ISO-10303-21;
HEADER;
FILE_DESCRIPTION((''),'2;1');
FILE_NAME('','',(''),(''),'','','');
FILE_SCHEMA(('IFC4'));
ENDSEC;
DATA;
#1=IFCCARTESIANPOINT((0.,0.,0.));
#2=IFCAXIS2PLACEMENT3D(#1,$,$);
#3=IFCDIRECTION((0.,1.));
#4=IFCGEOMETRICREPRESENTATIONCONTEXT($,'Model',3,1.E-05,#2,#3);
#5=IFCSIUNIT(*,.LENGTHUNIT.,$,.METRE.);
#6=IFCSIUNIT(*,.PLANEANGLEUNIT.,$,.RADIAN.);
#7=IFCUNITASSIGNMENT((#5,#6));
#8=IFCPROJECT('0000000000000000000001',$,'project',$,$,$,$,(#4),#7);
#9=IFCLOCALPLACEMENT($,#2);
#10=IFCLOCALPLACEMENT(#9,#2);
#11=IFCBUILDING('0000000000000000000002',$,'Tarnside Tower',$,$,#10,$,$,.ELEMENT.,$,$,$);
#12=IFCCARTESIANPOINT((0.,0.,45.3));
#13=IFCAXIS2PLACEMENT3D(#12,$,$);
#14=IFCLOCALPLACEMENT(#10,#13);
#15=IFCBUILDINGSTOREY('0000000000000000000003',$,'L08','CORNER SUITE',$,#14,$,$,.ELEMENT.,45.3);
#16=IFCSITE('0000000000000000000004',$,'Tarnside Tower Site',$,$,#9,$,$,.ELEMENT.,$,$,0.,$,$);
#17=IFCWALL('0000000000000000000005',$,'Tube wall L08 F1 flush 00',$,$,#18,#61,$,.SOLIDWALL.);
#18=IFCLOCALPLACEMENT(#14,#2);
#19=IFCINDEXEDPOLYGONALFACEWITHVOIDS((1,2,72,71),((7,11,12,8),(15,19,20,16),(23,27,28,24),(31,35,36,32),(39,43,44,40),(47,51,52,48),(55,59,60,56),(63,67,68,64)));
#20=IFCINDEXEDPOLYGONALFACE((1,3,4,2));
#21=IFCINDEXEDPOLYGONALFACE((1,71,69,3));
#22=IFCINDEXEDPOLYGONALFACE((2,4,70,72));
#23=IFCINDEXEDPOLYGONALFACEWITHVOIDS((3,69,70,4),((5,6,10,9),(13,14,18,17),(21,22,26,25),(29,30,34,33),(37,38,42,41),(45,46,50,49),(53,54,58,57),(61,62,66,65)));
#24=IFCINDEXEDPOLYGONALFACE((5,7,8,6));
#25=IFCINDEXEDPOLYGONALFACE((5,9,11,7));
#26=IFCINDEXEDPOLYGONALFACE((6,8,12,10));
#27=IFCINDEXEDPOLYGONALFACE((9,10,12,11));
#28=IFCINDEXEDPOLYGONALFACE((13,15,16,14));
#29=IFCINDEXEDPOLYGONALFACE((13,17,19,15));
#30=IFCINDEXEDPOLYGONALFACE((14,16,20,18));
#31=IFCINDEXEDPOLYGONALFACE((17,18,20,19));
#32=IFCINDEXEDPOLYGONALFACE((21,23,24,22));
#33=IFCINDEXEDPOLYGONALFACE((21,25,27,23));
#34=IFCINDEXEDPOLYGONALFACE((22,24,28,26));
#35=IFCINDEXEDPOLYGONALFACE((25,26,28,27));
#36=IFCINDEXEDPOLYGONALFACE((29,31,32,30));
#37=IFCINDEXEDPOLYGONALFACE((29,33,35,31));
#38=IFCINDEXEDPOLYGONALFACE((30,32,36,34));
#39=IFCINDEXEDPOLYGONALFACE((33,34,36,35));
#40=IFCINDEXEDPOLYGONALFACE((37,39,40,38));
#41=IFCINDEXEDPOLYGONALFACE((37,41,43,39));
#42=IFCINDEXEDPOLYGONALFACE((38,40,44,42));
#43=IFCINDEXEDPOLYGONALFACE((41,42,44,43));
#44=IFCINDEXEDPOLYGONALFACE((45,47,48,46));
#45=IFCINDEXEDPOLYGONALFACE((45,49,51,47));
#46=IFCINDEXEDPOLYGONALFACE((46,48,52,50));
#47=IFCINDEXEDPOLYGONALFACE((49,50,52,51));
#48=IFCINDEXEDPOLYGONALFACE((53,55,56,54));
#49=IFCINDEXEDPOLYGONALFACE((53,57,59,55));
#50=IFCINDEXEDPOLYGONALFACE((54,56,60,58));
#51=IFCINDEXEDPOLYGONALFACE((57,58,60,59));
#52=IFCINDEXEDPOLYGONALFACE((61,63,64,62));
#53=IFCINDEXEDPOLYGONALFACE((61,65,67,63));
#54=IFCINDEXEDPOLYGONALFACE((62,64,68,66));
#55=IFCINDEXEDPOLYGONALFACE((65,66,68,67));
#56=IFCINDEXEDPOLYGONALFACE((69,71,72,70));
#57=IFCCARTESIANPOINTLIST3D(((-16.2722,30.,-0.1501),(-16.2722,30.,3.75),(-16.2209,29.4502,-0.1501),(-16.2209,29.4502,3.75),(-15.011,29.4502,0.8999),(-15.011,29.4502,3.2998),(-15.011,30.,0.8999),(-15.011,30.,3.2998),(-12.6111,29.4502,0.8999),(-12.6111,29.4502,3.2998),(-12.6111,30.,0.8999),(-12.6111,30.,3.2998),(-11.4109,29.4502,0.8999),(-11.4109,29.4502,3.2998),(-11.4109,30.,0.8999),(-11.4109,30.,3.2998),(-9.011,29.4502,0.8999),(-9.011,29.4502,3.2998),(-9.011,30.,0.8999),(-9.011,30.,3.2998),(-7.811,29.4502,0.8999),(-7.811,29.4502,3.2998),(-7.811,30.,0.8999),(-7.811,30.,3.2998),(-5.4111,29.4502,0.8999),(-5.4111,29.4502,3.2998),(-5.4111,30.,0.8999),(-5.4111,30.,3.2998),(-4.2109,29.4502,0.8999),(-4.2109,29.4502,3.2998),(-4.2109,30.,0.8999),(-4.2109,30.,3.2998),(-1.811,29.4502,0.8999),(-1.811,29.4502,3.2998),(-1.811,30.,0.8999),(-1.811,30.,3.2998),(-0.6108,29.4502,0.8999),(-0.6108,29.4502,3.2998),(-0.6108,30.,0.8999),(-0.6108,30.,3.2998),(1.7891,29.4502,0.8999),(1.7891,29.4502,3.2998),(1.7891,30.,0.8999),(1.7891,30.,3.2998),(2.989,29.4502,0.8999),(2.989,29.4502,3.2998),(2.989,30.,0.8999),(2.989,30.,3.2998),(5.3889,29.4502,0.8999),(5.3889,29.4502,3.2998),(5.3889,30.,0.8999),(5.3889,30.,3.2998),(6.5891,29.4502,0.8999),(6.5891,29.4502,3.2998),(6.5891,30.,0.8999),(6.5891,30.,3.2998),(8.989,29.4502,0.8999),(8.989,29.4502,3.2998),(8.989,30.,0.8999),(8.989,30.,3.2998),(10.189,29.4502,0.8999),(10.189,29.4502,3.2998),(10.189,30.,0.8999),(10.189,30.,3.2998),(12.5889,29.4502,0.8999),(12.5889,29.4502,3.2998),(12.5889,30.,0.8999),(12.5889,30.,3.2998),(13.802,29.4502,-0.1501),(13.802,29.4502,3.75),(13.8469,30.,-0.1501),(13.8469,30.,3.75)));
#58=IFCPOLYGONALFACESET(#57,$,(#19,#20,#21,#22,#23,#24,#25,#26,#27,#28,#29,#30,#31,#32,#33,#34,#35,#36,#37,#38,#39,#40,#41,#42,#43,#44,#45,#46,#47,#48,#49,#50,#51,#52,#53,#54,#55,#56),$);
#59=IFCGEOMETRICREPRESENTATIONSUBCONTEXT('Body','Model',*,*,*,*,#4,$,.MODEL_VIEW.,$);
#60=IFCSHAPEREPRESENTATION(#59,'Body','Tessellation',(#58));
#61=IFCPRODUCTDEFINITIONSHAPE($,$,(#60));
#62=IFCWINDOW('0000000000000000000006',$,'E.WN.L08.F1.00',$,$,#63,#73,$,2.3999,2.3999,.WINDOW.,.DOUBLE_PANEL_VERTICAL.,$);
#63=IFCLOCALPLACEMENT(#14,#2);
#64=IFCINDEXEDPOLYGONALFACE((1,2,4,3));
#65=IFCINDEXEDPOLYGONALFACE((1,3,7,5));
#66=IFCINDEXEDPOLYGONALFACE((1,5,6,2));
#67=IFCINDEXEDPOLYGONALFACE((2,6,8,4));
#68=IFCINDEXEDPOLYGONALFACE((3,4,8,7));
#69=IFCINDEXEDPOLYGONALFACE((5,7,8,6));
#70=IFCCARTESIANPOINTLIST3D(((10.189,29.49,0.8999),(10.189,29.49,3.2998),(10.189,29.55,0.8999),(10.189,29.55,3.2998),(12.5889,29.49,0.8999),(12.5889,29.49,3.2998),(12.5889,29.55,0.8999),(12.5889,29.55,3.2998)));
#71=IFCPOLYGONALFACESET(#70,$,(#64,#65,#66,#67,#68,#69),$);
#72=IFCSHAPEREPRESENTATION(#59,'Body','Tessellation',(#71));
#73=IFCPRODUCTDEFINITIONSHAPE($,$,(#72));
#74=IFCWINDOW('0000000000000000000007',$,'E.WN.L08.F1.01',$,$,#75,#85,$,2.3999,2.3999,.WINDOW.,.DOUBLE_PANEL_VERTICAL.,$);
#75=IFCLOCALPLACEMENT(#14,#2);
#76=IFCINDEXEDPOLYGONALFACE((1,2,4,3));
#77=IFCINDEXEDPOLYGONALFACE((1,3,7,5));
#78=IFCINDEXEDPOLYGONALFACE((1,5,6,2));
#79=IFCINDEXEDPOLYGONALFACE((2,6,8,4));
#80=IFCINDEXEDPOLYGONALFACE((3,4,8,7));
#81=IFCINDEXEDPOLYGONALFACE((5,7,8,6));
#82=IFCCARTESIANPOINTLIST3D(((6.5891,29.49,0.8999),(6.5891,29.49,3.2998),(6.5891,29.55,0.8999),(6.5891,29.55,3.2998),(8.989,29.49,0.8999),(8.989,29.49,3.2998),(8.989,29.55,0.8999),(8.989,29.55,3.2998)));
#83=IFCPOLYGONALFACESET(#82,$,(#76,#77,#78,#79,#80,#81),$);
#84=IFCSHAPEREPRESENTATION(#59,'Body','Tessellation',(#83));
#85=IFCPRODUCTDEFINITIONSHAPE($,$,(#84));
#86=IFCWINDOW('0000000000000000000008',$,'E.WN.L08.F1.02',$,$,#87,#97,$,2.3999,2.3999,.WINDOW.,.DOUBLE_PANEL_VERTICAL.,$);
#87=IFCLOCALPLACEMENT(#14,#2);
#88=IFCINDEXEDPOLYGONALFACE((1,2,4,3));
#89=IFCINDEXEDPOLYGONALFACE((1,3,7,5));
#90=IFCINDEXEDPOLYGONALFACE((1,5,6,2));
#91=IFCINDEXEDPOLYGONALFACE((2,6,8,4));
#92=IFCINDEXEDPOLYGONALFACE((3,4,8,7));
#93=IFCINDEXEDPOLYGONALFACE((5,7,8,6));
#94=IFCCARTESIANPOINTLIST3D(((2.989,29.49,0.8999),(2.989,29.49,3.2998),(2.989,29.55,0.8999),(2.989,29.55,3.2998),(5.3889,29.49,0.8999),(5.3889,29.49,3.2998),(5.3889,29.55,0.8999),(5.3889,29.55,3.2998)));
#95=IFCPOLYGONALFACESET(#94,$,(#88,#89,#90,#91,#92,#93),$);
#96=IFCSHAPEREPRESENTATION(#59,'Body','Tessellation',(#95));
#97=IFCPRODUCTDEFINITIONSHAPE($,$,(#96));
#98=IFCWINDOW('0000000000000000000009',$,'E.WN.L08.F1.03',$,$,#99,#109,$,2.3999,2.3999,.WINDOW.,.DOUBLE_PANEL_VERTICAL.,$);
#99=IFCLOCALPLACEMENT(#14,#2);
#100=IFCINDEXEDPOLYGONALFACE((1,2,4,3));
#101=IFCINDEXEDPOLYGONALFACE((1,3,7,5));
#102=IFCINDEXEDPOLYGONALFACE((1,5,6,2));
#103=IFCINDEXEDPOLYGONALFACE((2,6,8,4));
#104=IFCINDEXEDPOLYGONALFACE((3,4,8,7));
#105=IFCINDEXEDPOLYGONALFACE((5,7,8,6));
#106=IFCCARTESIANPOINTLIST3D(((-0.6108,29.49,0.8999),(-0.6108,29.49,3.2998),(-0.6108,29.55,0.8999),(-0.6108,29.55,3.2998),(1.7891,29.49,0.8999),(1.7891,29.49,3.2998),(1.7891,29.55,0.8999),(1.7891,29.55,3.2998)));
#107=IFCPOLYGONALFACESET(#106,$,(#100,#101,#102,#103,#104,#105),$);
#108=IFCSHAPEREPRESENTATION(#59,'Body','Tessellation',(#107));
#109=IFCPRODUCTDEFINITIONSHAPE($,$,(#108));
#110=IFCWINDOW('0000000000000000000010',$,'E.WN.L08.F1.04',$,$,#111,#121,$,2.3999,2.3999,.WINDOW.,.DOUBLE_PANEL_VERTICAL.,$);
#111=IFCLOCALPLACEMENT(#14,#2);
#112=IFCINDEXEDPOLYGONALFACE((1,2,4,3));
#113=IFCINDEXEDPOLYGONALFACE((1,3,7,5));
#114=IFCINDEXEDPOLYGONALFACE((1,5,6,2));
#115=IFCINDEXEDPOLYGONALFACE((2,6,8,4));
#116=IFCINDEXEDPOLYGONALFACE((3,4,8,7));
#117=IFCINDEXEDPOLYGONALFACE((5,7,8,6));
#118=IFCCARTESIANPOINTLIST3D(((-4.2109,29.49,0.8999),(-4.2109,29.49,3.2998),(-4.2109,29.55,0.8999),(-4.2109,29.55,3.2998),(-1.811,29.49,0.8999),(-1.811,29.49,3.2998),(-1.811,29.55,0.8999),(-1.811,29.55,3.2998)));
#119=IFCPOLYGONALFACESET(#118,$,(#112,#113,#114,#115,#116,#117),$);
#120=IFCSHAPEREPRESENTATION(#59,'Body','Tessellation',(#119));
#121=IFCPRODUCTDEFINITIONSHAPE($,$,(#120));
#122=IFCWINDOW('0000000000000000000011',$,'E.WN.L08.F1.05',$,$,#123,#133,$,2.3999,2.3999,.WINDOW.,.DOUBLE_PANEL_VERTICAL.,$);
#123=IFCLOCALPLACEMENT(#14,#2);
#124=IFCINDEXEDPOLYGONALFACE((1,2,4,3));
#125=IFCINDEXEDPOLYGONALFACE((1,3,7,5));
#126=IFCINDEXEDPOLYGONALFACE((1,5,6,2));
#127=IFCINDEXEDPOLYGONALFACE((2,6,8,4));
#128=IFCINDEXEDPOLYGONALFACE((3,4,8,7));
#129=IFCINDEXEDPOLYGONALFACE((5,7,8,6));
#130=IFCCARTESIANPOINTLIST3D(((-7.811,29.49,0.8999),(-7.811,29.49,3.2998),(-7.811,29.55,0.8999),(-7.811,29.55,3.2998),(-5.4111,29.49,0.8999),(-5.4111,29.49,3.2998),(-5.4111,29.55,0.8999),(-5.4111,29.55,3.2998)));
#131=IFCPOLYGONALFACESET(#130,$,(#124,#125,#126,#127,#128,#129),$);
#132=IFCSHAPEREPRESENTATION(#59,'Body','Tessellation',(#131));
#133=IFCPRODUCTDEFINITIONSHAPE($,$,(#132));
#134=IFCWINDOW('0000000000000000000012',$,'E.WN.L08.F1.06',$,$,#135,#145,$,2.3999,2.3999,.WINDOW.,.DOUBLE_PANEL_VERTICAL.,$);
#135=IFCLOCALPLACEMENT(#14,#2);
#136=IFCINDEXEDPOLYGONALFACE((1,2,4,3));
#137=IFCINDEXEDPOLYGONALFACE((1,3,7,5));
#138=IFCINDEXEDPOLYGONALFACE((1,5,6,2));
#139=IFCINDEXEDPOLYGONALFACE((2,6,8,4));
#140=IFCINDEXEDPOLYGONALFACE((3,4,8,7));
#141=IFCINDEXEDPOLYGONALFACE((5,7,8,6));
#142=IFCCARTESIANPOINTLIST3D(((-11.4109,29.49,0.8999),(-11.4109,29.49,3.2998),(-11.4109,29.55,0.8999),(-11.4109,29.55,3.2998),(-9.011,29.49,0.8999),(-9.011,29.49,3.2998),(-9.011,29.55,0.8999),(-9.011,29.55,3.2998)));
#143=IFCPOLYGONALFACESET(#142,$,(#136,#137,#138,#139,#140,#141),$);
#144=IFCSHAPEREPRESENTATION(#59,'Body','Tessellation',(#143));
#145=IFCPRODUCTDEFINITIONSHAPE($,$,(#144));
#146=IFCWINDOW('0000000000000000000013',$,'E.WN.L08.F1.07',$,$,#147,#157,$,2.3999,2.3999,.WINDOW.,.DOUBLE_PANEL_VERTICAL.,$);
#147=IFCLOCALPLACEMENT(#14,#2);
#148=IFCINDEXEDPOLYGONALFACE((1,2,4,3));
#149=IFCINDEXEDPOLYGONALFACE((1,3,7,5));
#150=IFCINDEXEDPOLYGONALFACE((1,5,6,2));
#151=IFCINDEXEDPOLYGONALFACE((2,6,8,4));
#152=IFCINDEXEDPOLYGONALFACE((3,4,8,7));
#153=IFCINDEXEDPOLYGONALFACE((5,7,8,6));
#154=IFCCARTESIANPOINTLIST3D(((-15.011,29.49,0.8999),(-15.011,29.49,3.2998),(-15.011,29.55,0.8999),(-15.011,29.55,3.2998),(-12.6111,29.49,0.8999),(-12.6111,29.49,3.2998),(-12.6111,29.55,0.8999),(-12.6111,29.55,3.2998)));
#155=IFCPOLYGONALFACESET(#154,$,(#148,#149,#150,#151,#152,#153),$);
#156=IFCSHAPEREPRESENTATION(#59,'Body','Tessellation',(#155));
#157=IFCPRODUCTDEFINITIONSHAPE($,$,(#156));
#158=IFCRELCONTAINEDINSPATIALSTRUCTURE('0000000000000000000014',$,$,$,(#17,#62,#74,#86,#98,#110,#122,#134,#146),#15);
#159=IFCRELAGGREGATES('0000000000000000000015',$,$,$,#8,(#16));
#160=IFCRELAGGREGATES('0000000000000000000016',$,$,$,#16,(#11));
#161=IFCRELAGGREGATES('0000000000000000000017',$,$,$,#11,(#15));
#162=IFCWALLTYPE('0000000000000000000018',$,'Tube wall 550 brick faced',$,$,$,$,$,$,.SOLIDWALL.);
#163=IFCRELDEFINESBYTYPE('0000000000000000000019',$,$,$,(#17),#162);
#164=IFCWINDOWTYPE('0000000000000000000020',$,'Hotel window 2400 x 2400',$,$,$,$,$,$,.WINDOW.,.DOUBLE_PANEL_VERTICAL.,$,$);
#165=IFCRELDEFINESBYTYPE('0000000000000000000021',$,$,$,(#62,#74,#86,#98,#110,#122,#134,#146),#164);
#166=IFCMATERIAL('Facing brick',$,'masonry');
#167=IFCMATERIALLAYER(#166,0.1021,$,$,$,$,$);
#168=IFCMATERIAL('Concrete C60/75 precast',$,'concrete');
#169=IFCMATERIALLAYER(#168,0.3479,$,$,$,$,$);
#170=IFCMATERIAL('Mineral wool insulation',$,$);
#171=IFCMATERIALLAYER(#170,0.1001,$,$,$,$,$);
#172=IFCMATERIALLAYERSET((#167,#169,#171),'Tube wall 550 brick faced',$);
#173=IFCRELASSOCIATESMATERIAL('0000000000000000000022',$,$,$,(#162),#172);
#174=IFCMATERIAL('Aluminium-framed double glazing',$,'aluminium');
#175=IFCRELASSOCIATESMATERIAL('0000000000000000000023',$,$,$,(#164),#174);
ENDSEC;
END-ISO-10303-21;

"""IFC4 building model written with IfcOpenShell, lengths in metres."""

from ifc_helpers import new_model, si_unit, direction, frame, frame_2d, origin, place, context, subcontext, project, spatial, polyline, rectangle, outline, extrude, material, layer, layer_set, type_object, element, fill, save


model = new_model("IFC4")

# Units and contexts
model_context = context("Model", 3, precision=1e-05, world=origin(), true_north=direction((0.0, 1.0)))
body_context = subcontext(model_context, "Body", "Model", "MODEL_VIEW")
ifc_project = project(units=[si_unit("LENGTHUNIT", "METRE"), si_unit("PLANEANGLEUNIT", "RADIAN")], contexts=[model_context])

# Site, building, storey
site_placement = place(None, origin())
site = spatial("IfcSite", under=ifc_project, at=site_placement, Name="Tarnside Tower Site", CompositionType="ELEMENT", RefElevation=0.0)
building_placement = place(site_placement, origin())
building = spatial("IfcBuilding", under=site, at=building_placement, Name="Tarnside Tower", CompositionType="ELEMENT")
storey_placement = place(building_placement, frame((0.0, 0.0, 45.3)))
storey = spatial("IfcBuildingStorey", under=building, at=storey_placement, Name="L08", Description="CORNER SUITE", CompositionType="ELEMENT", Elevation=45.3)

# Wall, openings, windows
ifc_material_1 = material(Name="Facing brick", Category="masonry")
ifc_layer_1 = layer(ifc_material_1, 0.1021)
ifc_material_2 = material(Name="Concrete C60/75 precast", Category="concrete")
ifc_layer_2 = layer(ifc_material_2, 0.3479)
ifc_material_3 = material(Name="Mineral wool insulation")
ifc_layer_3 = layer(ifc_material_3, 0.1001)
ifc_layer_set_1 = layer_set([ifc_layer_1, ifc_layer_2, ifc_layer_3], Name="Tube wall 550 brick faced")
wall_type_1 = type_object("IfcWallType", Name="Tube wall 550 brick faced", PredefinedType="SOLIDWALL", material=ifc_layer_set_1)
wall_1_placement = place(storey_placement, frame((13.8245, 29.7251, -0.1501), z_axis=(0.0, 0.0, 1.0), x_axis=(-1.0, 0.0, 0.0)))
wall_1 = element("IfcWall", 1, at=wall_1_placement, inside=storey, type_object=wall_type_1, Name="Tube wall L08 F1 flush 00", PredefinedType="SOLIDWALL", context=body_context, shape_type="SweptSolid", body=[
    extrude(outline(polyline([(-0.0225, -0.2749), (30.0967, -0.2749), (30.0454, 0.2749), (0.0225, 0.2749), (-0.0225, -0.2749)])), origin(), (0.0, 0.0, 1.0), 3.9001),
])
opening_1_placement = place(wall_1_placement, frame((1.2356, 0.0, 1.05)))
opening_1 = element("IfcOpeningElement", 2, at=opening_1_placement, cuts=wall_1, PredefinedType="OPENING", context=body_context, shape_type="SweptSolid", body=[
    extrude(rectangle(XDim=2.3999, YDim=2.3999, at=frame_2d((1.2, 1.2))), frame((0.0, 0.2852, 0.0), z_axis=(0.0, -1.0, 0.0), x_axis=(1.0, 0.0, 0.0)), (0.0, 0.0, 1.0), 0.5701),
])
opening_2_placement = place(wall_1_placement, frame((4.8354, 0.0, 1.05)))
opening_2 = element("IfcOpeningElement", 3, at=opening_2_placement, cuts=wall_1, PredefinedType="OPENING", context=body_context, shape_type="SweptSolid", body=[
    extrude(rectangle(XDim=2.3999, YDim=2.3999, at=frame_2d((1.2, 1.2))), frame((0.0, 0.2852, 0.0), z_axis=(0.0, -1.0, 0.0), x_axis=(1.0, 0.0, 0.0)), (0.0, 0.0, 1.0), 0.5701),
])
opening_3_placement = place(wall_1_placement, frame((8.4355, 0.0, 1.05)))
opening_3 = element("IfcOpeningElement", 4, at=opening_3_placement, cuts=wall_1, PredefinedType="OPENING", context=body_context, shape_type="SweptSolid", body=[
    extrude(rectangle(XDim=2.3999, YDim=2.3999, at=frame_2d((1.2, 1.2))), frame((0.0, 0.2852, 0.0), z_axis=(0.0, -1.0, 0.0), x_axis=(1.0, 0.0, 0.0)), (0.0, 0.0, 1.0), 0.5701),
])
opening_4_placement = place(wall_1_placement, frame((12.0354, 0.0, 1.05)))
opening_4 = element("IfcOpeningElement", 5, at=opening_4_placement, cuts=wall_1, PredefinedType="OPENING", context=body_context, shape_type="SweptSolid", body=[
    extrude(rectangle(XDim=2.3999, YDim=2.3999, at=frame_2d((1.2, 1.2))), frame((0.0, 0.2852, 0.0), z_axis=(0.0, -1.0, 0.0), x_axis=(1.0, 0.0, 0.0)), (0.0, 0.0, 1.0), 0.5701),
])
opening_5_placement = place(wall_1_placement, frame((15.6355, 0.0, 1.05)))
opening_5 = element("IfcOpeningElement", 6, at=opening_5_placement, cuts=wall_1, PredefinedType="OPENING", context=body_context, shape_type="SweptSolid", body=[
    extrude(rectangle(XDim=2.3999, YDim=2.3999, at=frame_2d((1.2, 1.2))), frame((0.0, 0.2852, 0.0), z_axis=(0.0, -1.0, 0.0), x_axis=(1.0, 0.0, 0.0)), (0.0, 0.0, 1.0), 0.5701),
])
opening_6_placement = place(wall_1_placement, frame((19.2356, 0.0, 1.05)))
opening_6 = element("IfcOpeningElement", 7, at=opening_6_placement, cuts=wall_1, PredefinedType="OPENING", context=body_context, shape_type="SweptSolid", body=[
    extrude(rectangle(XDim=2.3999, YDim=2.3999, at=frame_2d((1.2, 1.2))), frame((0.0, 0.2852, 0.0), z_axis=(0.0, -1.0, 0.0), x_axis=(1.0, 0.0, 0.0)), (0.0, 0.0, 1.0), 0.5701),
])
opening_7_placement = place(wall_1_placement, frame((22.8354, 0.0, 1.05)))
opening_7 = element("IfcOpeningElement", 8, at=opening_7_placement, cuts=wall_1, PredefinedType="OPENING", context=body_context, shape_type="SweptSolid", body=[
    extrude(rectangle(XDim=2.3999, YDim=2.3999, at=frame_2d((1.2, 1.2))), frame((0.0, 0.2852, 0.0), z_axis=(0.0, -1.0, 0.0), x_axis=(1.0, 0.0, 0.0)), (0.0, 0.0, 1.0), 0.5701),
])
opening_8_placement = place(wall_1_placement, frame((26.4355, 0.0, 1.05)))
opening_8 = element("IfcOpeningElement", 9, at=opening_8_placement, cuts=wall_1, PredefinedType="OPENING", context=body_context, shape_type="SweptSolid", body=[
    extrude(rectangle(XDim=2.3999, YDim=2.3999, at=frame_2d((1.2, 1.2))), frame((0.0, 0.2852, 0.0), z_axis=(0.0, -1.0, 0.0), x_axis=(1.0, 0.0, 0.0)), (0.0, 0.0, 1.0), 0.5701),
])
ifc_material_4 = material(Name="Aluminium-framed double glazing", Category="aluminium")
window_type = type_object("IfcWindowType", Name="Hotel window 2400 x 2400", PartitioningType="DOUBLE_PANEL_VERTICAL", PredefinedType="WINDOW", material=ifc_material_4)
window_1_placement = place(opening_1_placement, frame((0.0, 0.2051, 0.0)))
window_1 = element("IfcWindow", 10, at=window_1_placement, inside=storey, type_object=window_type, Name="E.WN.L08.F1.00", OverallHeight=2.3999, OverallWidth=2.3999, PartitioningType="DOUBLE_PANEL_VERTICAL", PredefinedType="WINDOW", context=body_context, shape_type="SweptSolid", body=[
    extrude(rectangle(XDim=2.3999, YDim=2.3999, at=frame_2d((1.2, 1.2))), frame((0.0, 0.03, 0.0), z_axis=(0.0, -1.0, 0.0), x_axis=(1.0, 0.0, 0.0)), (0.0, 0.0, 1.0), 0.0601),
])
fill(opening_1, window_1)
window_2_placement = place(opening_2_placement, frame((0.0, 0.2051, 0.0)))
window_2 = element("IfcWindow", 11, at=window_2_placement, inside=storey, type_object=window_type, Name="E.WN.L08.F1.01", OverallHeight=2.3999, OverallWidth=2.3999, PartitioningType="DOUBLE_PANEL_VERTICAL", PredefinedType="WINDOW", context=body_context, shape_type="SweptSolid", body=[
    extrude(rectangle(XDim=2.3999, YDim=2.3999, at=frame_2d((1.2, 1.2))), frame((0.0, 0.03, 0.0), z_axis=(0.0, -1.0, 0.0), x_axis=(1.0, 0.0, 0.0)), (0.0, 0.0, 1.0), 0.0601),
])
fill(opening_2, window_2)
window_3_placement = place(opening_3_placement, frame((0.0, 0.2051, 0.0)))
window_3 = element("IfcWindow", 12, at=window_3_placement, inside=storey, type_object=window_type, Name="E.WN.L08.F1.02", OverallHeight=2.3999, OverallWidth=2.3999, PartitioningType="DOUBLE_PANEL_VERTICAL", PredefinedType="WINDOW", context=body_context, shape_type="SweptSolid", body=[
    extrude(rectangle(XDim=2.3999, YDim=2.3999, at=frame_2d((1.2, 1.2))), frame((0.0, 0.03, 0.0), z_axis=(0.0, -1.0, 0.0), x_axis=(1.0, 0.0, 0.0)), (0.0, 0.0, 1.0), 0.0601),
])
fill(opening_3, window_3)
window_4_placement = place(opening_4_placement, frame((0.0, 0.2051, 0.0)))
window_4 = element("IfcWindow", 13, at=window_4_placement, inside=storey, type_object=window_type, Name="E.WN.L08.F1.03", OverallHeight=2.3999, OverallWidth=2.3999, PartitioningType="DOUBLE_PANEL_VERTICAL", PredefinedType="WINDOW", context=body_context, shape_type="SweptSolid", body=[
    extrude(rectangle(XDim=2.3999, YDim=2.3999, at=frame_2d((1.2, 1.2))), frame((0.0, 0.03, 0.0), z_axis=(0.0, -1.0, 0.0), x_axis=(1.0, 0.0, 0.0)), (0.0, 0.0, 1.0), 0.0601),
])
fill(opening_4, window_4)
window_5_placement = place(opening_5_placement, frame((0.0, 0.2051, 0.0)))
window_5 = element("IfcWindow", 14, at=window_5_placement, inside=storey, type_object=window_type, Name="E.WN.L08.F1.04", OverallHeight=2.3999, OverallWidth=2.3999, PartitioningType="DOUBLE_PANEL_VERTICAL", PredefinedType="WINDOW", context=body_context, shape_type="SweptSolid", body=[
    extrude(rectangle(XDim=2.3999, YDim=2.3999, at=frame_2d((1.2, 1.2))), frame((0.0, 0.03, 0.0), z_axis=(0.0, -1.0, 0.0), x_axis=(1.0, 0.0, 0.0)), (0.0, 0.0, 1.0), 0.0601),
])
fill(opening_5, window_5)
window_6_placement = place(opening_6_placement, frame((0.0, 0.2051, 0.0)))
window_6 = element("IfcWindow", 15, at=window_6_placement, inside=storey, type_object=window_type, Name="E.WN.L08.F1.05", OverallHeight=2.3999, OverallWidth=2.3999, PartitioningType="DOUBLE_PANEL_VERTICAL", PredefinedType="WINDOW", context=body_context, shape_type="SweptSolid", body=[
    extrude(rectangle(XDim=2.3999, YDim=2.3999, at=frame_2d((1.2, 1.2))), frame((0.0, 0.03, 0.0), z_axis=(0.0, -1.0, 0.0), x_axis=(1.0, 0.0, 0.0)), (0.0, 0.0, 1.0), 0.0601),
])
fill(opening_6, window_6)
window_7_placement = place(opening_7_placement, frame((0.0, 0.2051, 0.0)))
window_7 = element("IfcWindow", 16, at=window_7_placement, inside=storey, type_object=window_type, Name="E.WN.L08.F1.06", OverallHeight=2.3999, OverallWidth=2.3999, PartitioningType="DOUBLE_PANEL_VERTICAL", PredefinedType="WINDOW", context=body_context, shape_type="SweptSolid", body=[
    extrude(rectangle(XDim=2.3999, YDim=2.3999, at=frame_2d((1.2, 1.2))), frame((0.0, 0.03, 0.0), z_axis=(0.0, -1.0, 0.0), x_axis=(1.0, 0.0, 0.0)), (0.0, 0.0, 1.0), 0.0601),
])
fill(opening_7, window_7)
window_8_placement = place(opening_8_placement, frame((0.0, 0.2051, 0.0)))
window_8 = element("IfcWindow", 17, at=window_8_placement, inside=storey, type_object=window_type, Name="E.WN.L08.F1.07", OverallHeight=2.3999, OverallWidth=2.3999, PartitioningType="DOUBLE_PANEL_VERTICAL", PredefinedType="WINDOW", context=body_context, shape_type="SweptSolid", body=[
    extrude(rectangle(XDim=2.3999, YDim=2.3999, at=frame_2d((1.2, 1.2))), frame((0.0, 0.03, 0.0), z_axis=(0.0, -1.0, 0.0), x_axis=(1.0, 0.0, 0.0)), (0.0, 0.0, 1.0), 0.0601),
])
fill(opening_8, window_8)

save(model, "model.ifc")
